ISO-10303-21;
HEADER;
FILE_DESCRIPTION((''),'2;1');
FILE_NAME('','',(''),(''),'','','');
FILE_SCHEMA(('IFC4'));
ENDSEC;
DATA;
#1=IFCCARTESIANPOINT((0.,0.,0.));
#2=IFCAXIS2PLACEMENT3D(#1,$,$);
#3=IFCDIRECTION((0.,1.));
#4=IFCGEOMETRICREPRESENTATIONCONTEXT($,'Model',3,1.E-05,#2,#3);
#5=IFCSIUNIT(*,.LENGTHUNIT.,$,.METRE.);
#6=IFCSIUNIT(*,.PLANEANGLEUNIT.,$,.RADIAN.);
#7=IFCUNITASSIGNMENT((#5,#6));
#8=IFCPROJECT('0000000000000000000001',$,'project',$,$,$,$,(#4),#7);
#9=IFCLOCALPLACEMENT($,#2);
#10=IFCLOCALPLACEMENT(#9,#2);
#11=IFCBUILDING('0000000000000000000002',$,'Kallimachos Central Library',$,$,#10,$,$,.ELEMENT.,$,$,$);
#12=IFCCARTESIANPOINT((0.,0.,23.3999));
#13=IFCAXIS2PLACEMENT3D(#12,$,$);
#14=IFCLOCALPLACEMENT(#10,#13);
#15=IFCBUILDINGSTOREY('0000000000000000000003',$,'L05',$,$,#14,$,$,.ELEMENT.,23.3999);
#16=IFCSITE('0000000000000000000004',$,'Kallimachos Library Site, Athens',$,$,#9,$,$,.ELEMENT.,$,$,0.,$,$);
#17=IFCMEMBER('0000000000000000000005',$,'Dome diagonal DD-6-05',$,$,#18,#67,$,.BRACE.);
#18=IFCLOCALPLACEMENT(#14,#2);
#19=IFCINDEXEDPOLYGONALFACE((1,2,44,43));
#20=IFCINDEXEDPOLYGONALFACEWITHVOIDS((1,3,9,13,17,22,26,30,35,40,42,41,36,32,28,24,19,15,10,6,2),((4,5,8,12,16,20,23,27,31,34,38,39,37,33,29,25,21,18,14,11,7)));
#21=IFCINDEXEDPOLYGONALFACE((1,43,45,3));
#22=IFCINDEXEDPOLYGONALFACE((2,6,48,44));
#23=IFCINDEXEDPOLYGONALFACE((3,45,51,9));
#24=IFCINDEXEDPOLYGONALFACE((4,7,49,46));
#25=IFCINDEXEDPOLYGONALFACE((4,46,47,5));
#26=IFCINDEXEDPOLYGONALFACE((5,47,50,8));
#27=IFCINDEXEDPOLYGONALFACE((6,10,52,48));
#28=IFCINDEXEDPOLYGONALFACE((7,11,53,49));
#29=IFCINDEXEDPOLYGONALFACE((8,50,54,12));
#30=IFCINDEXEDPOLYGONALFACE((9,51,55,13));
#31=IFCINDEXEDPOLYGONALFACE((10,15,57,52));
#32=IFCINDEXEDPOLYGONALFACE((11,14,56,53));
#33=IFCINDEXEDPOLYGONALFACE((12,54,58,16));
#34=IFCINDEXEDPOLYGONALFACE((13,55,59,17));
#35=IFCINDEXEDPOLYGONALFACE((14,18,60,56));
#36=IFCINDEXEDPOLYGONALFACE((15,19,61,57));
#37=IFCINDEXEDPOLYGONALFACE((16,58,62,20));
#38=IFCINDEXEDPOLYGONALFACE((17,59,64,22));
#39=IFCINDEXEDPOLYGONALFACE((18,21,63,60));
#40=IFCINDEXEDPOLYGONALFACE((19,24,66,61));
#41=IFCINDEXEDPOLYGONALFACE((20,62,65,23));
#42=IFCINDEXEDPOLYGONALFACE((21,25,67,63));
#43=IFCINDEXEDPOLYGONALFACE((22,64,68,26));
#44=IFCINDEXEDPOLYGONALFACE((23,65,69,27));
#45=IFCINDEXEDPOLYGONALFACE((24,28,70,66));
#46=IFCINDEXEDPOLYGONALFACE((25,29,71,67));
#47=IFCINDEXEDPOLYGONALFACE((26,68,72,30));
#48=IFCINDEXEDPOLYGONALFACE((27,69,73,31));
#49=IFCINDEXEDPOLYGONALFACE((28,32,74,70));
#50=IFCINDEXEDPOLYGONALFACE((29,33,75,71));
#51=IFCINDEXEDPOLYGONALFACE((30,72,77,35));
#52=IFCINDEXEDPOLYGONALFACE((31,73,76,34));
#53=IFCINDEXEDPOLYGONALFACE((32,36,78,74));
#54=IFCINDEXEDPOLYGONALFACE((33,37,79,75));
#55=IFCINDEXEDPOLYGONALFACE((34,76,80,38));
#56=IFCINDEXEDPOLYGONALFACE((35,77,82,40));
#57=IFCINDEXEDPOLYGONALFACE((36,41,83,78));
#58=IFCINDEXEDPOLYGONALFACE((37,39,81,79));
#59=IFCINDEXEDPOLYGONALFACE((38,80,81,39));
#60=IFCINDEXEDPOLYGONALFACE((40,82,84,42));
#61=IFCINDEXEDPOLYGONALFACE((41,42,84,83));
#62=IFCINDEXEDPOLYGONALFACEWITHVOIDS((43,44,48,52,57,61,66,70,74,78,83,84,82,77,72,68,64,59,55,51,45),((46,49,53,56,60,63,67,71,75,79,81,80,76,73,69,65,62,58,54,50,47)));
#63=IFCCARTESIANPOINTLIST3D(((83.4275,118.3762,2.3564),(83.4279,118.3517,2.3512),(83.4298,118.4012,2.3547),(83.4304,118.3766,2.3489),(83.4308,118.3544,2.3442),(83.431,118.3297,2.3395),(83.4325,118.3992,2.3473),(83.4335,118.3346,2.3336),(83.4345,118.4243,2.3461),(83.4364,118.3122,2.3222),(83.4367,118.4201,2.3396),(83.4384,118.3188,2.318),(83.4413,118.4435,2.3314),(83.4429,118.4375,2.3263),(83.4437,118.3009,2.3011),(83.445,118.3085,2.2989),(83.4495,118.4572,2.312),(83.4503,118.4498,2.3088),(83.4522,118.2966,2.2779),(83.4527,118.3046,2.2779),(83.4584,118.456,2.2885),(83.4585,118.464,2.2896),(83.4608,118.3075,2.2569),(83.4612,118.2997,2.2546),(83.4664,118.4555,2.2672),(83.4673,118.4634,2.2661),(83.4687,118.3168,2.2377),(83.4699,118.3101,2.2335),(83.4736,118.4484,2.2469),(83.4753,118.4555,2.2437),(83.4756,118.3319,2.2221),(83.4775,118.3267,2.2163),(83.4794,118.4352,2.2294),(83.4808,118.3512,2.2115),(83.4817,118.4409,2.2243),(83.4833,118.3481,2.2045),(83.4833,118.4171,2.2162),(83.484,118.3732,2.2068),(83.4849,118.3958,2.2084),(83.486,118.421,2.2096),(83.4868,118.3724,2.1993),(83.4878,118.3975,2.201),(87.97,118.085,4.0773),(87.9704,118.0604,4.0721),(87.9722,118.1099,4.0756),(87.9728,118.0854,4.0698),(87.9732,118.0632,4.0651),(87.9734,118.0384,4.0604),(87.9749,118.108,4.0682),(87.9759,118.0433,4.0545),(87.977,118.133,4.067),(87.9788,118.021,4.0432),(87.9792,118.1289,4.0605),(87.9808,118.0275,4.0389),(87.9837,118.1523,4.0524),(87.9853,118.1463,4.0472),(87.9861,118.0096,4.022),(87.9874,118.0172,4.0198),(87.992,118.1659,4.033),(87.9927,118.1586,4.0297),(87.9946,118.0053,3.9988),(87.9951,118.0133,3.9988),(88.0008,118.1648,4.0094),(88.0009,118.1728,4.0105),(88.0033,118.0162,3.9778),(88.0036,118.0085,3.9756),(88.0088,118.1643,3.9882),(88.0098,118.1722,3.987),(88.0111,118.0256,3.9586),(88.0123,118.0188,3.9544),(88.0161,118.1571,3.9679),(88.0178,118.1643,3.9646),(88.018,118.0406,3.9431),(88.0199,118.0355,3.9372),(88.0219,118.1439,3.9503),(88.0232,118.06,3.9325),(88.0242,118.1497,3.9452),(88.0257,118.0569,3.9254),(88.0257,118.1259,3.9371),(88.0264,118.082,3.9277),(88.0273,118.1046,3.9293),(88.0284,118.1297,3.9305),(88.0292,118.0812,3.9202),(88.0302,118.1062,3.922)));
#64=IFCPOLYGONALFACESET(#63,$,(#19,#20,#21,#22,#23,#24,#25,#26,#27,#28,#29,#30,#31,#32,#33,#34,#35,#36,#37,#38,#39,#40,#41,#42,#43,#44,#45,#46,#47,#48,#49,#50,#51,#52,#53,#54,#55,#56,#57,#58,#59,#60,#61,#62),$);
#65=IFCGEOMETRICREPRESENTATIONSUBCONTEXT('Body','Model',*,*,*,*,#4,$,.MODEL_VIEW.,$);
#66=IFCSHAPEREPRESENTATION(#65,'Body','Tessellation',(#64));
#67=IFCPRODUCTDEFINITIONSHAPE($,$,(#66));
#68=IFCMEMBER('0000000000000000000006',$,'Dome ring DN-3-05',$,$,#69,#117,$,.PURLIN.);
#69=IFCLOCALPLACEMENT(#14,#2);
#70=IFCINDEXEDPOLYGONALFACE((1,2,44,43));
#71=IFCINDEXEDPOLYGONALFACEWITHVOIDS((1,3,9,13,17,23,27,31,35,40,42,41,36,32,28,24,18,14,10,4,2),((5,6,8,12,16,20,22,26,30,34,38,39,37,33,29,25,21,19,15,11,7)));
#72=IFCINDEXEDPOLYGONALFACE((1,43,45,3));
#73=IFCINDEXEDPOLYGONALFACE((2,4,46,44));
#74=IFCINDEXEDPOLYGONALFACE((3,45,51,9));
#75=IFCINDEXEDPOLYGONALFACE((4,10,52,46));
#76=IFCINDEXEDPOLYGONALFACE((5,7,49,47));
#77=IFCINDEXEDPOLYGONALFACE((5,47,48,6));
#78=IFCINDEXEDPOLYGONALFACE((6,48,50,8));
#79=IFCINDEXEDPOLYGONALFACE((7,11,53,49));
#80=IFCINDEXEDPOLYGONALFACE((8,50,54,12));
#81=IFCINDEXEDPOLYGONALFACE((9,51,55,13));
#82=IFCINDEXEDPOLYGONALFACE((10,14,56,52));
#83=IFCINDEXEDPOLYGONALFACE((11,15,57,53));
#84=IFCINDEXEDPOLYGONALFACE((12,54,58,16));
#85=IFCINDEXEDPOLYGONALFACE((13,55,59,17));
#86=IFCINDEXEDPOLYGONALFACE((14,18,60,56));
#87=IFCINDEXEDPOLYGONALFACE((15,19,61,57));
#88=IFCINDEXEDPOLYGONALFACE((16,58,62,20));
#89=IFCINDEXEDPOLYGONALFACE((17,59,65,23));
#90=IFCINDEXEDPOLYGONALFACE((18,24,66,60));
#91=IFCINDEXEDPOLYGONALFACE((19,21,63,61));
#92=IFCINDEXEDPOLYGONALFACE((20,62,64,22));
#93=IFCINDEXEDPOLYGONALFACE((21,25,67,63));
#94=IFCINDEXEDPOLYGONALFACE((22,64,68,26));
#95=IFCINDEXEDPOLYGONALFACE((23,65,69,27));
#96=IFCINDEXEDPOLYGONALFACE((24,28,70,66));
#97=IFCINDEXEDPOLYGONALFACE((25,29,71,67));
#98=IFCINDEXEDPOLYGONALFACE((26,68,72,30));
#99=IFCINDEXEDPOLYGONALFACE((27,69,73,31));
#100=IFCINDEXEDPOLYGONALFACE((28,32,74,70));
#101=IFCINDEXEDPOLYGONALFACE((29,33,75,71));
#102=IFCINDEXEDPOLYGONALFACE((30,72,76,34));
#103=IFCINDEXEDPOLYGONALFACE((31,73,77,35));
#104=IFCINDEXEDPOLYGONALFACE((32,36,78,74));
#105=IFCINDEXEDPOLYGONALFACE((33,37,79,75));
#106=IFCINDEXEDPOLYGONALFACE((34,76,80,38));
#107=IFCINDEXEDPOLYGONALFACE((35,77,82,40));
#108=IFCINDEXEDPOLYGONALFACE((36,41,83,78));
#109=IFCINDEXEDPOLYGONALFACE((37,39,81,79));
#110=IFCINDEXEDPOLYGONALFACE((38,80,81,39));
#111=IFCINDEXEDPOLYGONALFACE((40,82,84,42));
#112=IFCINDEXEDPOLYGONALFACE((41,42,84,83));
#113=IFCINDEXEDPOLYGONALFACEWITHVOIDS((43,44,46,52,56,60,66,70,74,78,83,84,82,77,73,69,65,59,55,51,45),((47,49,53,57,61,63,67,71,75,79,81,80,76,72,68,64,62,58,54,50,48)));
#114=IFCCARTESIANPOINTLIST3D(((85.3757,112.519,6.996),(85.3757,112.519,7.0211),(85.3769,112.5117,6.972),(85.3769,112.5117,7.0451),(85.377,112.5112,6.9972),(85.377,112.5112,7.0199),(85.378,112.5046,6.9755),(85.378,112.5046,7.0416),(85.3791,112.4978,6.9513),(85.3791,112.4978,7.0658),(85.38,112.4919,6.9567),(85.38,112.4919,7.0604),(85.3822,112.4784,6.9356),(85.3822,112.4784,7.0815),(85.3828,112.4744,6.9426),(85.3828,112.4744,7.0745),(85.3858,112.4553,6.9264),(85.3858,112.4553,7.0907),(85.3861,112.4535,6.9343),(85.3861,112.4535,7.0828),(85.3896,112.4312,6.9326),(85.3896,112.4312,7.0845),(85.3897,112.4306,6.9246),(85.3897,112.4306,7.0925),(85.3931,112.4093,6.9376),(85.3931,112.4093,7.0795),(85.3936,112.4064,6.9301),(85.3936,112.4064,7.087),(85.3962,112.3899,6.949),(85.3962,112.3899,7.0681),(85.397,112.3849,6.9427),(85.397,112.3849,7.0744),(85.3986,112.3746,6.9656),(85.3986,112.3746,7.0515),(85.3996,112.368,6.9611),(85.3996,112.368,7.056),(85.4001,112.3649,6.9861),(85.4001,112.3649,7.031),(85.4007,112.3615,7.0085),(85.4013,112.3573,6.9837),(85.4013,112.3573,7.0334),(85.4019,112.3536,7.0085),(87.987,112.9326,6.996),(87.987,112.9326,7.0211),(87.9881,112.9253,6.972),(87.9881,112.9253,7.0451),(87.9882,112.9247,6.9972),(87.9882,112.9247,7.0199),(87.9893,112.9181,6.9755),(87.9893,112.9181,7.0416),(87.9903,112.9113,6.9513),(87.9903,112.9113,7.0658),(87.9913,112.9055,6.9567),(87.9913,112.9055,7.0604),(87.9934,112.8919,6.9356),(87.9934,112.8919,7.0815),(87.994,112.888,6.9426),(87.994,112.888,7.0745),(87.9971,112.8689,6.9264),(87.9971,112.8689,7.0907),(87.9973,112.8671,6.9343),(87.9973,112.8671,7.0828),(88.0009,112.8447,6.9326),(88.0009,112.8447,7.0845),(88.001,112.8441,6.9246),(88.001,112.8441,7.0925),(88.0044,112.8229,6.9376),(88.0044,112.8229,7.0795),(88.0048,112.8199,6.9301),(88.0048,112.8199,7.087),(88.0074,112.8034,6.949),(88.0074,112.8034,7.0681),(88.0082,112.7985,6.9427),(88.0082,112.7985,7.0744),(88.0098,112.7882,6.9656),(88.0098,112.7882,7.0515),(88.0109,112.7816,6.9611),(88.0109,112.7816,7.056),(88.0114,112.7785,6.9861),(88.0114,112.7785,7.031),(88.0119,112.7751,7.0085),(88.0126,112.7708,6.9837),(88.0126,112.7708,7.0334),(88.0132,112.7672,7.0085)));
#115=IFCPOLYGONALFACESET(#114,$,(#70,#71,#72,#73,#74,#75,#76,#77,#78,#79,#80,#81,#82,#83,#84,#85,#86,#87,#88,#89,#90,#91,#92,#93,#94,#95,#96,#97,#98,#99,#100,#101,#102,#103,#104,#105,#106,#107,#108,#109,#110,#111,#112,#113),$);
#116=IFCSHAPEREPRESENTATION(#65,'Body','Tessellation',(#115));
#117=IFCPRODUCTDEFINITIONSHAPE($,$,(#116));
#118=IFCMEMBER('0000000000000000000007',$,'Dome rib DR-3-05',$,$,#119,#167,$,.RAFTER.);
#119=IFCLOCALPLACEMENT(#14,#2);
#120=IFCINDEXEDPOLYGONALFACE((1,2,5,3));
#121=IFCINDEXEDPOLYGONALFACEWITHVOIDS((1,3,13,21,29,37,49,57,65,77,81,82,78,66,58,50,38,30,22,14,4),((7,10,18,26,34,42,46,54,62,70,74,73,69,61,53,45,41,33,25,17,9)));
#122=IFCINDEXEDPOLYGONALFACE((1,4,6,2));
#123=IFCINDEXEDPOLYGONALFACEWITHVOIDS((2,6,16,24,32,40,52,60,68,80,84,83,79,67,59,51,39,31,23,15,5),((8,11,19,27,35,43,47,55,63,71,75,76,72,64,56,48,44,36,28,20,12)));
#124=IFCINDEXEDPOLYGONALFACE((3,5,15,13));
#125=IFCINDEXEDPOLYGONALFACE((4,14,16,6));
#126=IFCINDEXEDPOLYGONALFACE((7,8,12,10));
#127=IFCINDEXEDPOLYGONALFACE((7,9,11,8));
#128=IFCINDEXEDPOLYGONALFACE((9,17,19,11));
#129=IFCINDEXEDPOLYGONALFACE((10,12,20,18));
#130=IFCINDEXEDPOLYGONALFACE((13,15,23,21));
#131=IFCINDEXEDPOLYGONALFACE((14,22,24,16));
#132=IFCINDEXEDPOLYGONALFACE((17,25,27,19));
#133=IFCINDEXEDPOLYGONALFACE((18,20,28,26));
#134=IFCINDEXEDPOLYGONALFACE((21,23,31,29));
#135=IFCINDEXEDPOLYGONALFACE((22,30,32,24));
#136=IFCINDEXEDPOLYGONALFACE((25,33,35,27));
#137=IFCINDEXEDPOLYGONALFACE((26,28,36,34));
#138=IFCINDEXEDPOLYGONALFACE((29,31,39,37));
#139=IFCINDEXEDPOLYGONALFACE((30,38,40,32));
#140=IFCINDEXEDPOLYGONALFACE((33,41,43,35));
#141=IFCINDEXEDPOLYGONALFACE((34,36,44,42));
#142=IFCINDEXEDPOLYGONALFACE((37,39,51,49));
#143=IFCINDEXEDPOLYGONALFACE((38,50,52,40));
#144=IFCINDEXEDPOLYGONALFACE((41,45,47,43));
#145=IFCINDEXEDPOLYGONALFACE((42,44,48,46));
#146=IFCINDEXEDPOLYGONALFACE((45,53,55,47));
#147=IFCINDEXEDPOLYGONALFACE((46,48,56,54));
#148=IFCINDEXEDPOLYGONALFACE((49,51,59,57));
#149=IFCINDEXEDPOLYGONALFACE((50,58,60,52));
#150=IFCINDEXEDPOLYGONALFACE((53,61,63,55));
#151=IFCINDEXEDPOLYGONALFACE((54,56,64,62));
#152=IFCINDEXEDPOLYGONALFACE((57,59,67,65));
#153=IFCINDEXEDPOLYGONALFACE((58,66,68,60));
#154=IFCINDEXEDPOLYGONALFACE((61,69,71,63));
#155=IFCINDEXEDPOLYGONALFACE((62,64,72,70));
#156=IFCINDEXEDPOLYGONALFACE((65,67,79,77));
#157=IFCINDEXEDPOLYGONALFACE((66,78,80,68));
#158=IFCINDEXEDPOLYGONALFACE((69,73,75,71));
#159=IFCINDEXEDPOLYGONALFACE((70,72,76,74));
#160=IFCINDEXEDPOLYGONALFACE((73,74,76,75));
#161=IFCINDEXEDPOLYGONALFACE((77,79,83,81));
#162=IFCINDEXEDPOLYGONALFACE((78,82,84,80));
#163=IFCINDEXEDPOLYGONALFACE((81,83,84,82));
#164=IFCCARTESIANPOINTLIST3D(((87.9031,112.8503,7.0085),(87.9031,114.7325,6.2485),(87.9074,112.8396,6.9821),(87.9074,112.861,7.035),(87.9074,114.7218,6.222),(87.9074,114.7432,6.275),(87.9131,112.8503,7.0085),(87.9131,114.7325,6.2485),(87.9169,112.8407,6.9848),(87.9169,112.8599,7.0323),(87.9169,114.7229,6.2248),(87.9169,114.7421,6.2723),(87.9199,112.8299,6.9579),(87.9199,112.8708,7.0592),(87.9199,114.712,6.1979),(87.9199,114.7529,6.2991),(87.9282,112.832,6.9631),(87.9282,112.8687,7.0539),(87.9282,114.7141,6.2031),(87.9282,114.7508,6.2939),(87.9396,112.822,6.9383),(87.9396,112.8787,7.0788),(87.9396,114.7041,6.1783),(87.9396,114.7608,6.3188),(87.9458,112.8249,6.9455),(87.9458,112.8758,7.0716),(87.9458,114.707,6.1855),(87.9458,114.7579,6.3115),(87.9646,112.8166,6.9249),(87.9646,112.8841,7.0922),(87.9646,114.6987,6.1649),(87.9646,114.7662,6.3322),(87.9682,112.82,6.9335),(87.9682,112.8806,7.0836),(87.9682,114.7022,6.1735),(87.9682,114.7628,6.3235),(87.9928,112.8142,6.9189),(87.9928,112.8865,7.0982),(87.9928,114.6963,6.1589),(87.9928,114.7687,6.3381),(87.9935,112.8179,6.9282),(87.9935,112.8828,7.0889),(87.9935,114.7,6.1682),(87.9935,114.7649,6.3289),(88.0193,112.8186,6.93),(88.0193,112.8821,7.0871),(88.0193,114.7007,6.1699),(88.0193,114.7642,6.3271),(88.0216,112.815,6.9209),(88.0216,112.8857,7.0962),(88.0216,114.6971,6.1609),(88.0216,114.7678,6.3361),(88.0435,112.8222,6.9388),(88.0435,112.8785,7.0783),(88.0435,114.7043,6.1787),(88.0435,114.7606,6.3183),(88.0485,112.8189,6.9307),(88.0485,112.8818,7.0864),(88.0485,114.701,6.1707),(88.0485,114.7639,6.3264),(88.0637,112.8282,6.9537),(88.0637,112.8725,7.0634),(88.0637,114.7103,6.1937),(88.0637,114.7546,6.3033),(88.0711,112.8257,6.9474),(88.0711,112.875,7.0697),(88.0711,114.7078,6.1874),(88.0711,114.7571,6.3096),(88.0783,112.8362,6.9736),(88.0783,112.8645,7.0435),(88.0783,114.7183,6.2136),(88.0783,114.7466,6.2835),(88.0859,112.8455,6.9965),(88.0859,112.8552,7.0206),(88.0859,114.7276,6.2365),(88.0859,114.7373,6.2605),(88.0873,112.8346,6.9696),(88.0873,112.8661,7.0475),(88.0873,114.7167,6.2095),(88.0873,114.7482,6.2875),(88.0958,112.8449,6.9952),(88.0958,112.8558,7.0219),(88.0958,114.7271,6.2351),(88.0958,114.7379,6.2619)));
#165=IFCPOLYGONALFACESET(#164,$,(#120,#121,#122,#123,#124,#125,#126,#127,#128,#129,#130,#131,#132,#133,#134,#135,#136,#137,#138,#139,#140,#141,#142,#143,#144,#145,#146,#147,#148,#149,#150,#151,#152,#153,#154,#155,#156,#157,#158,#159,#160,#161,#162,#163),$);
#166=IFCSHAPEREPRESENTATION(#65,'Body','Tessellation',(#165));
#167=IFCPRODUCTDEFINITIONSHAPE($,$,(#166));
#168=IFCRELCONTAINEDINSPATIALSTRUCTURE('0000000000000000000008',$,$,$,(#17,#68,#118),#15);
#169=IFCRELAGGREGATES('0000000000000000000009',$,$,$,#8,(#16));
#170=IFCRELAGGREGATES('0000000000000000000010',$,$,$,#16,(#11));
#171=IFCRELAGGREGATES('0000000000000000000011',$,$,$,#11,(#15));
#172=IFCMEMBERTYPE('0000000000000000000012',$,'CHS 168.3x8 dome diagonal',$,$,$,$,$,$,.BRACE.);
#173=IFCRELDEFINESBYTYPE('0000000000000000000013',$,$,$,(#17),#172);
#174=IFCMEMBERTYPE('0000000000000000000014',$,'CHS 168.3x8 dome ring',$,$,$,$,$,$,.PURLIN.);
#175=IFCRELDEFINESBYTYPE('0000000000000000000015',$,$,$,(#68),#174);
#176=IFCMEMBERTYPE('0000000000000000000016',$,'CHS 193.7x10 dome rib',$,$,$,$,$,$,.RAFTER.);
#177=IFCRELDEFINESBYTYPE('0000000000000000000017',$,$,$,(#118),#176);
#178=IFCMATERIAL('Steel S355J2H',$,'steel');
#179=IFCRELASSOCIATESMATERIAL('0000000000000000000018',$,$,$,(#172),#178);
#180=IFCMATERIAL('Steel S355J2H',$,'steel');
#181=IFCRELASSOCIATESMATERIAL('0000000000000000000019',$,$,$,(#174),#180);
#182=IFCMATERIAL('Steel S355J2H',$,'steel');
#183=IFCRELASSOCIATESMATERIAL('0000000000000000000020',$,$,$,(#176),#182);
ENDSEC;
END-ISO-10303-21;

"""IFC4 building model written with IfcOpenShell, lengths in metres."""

from ifc_helpers import new_model, si_unit, direction, frame, origin, origin_2d, place, context, subcontext, project, spatial, hollow_circle, extrude, material, material_profile, profile_set, type_object, element, save


model = new_model("IFC4")

# Units and contexts
model_context = context("Model", 3, precision=1e-05, world=origin(), true_north=direction((0.0, 1.0)))
body_context = subcontext(model_context, "Body", "Model", "MODEL_VIEW")
ifc_project = project(units=[si_unit("LENGTHUNIT", "METRE"), si_unit("PLANEANGLEUNIT", "RADIAN")], contexts=[model_context])

# Site, building, storey
site_placement = place(None, origin())
site = spatial("IfcSite", under=ifc_project, at=site_placement, Name="Kallimachos Library Site, Athens", CompositionType="ELEMENT", RefElevation=0.0)
building_placement = place(site_placement, origin())
building = spatial("IfcBuilding", under=site, at=building_placement, Name="Kallimachos Central Library", CompositionType="ELEMENT")
storey_placement = place(building_placement, frame((0.0, 0.0, 23.3999)))
storey = spatial("IfcBuildingStorey", under=building, at=storey_placement, Name="L05", CompositionType="ELEMENT", Elevation=23.3999)

# Members
ifc_material_1 = material(Name="Steel S355J2H", Category="steel")
ifc_material_profile_1 = material_profile(ifc_material_1, hollow_circle(Radius=0.0842, WallThickness=0.0081, at=origin_2d()), Name="CHS 168.3x8")
ifc_profile_set_1 = profile_set([ifc_material_profile_1], Name="Steel S355J2H")
member_type_1 = type_object("IfcMemberType", Name="CHS 168.3x8 dome diagonal", PredefinedType="BRACE", material=ifc_profile_set_1)
member_1_placement = place(storey_placement, frame((88.0, 118.0894, 3.9988), z_axis=(-0.933462, 0.059853, -0.353648), x_axis=(-0.063988, -0.997951, 0.0)))
element("IfcMember", 1, at=member_1_placement, inside=storey, type_object=member_type_1, Name="Dome diagonal DD-6-05", PredefinedType="BRACE", context=body_context, shape_type="SweptSolid", body=[
    extrude(hollow_circle(Radius=0.0842, WallThickness=0.0081, at=origin_2d()), origin(), (0.0, 0.0, 1.0), 4.8662),
])
ifc_material_2 = material(Name="Steel S355J2H", Category="steel")
ifc_material_profile_2 = material_profile(ifc_material_2, hollow_circle(Radius=0.0842, WallThickness=0.0081, at=origin_2d()), Name="CHS 168.3x8")
ifc_profile_set_2 = profile_set([ifc_material_profile_2], Name="Steel S355J2H")
member_type_2 = type_object("IfcMemberType", Name="CHS 168.3x8 dome ring", PredefinedType="PURLIN", material=ifc_profile_set_2)
member_2_placement = place(storey_placement, frame((88.0, 112.8503, 7.0085), z_axis=(-0.987689, -0.156427, 0.0), x_axis=(0.156427, -0.987689, 0.0)))
element("IfcMember", 2, at=member_2_placement, inside=storey, type_object=member_type_2, Name="Dome ring DN-3-05", PredefinedType="PURLIN", context=body_context, shape_type="SweptSolid", body=[
    extrude(hollow_circle(Radius=0.0842, WallThickness=0.0081, at=origin_2d()), origin(), (0.0, 0.0, 1.0), 2.6438),
])
ifc_material_3 = material(Name="Steel S355J2H", Category="steel")
ifc_material_profile_3 = material_profile(ifc_material_3, hollow_circle(Radius=0.0969, WallThickness=0.01, at=origin_2d()), Name="CHS 193.7x10")
ifc_profile_set_3 = profile_set([ifc_material_profile_3], Name="Steel S355J2H")
member_type_3 = type_object("IfcMemberType", Name="CHS 193.7x10 dome rib", PredefinedType="RAFTER", material=ifc_profile_set_3)
member_3_placement = place(storey_placement, frame((88.0, 112.8503, 7.0085), z_axis=(0.0, 0.927252, -0.374437), x_axis=(-1.0, 0.0, 0.0)))
element("IfcMember", 3, at=member_3_placement, inside=storey, type_object=member_type_3, Name="Dome rib DR-3-05", PredefinedType="RAFTER", context=body_context, shape_type="SweptSolid", body=[
    extrude(hollow_circle(Radius=0.0969, WallThickness=0.01, at=origin_2d()), origin(), (0.0, 0.0, 1.0), 2.0298),
])

save(model, "model.ifc")
